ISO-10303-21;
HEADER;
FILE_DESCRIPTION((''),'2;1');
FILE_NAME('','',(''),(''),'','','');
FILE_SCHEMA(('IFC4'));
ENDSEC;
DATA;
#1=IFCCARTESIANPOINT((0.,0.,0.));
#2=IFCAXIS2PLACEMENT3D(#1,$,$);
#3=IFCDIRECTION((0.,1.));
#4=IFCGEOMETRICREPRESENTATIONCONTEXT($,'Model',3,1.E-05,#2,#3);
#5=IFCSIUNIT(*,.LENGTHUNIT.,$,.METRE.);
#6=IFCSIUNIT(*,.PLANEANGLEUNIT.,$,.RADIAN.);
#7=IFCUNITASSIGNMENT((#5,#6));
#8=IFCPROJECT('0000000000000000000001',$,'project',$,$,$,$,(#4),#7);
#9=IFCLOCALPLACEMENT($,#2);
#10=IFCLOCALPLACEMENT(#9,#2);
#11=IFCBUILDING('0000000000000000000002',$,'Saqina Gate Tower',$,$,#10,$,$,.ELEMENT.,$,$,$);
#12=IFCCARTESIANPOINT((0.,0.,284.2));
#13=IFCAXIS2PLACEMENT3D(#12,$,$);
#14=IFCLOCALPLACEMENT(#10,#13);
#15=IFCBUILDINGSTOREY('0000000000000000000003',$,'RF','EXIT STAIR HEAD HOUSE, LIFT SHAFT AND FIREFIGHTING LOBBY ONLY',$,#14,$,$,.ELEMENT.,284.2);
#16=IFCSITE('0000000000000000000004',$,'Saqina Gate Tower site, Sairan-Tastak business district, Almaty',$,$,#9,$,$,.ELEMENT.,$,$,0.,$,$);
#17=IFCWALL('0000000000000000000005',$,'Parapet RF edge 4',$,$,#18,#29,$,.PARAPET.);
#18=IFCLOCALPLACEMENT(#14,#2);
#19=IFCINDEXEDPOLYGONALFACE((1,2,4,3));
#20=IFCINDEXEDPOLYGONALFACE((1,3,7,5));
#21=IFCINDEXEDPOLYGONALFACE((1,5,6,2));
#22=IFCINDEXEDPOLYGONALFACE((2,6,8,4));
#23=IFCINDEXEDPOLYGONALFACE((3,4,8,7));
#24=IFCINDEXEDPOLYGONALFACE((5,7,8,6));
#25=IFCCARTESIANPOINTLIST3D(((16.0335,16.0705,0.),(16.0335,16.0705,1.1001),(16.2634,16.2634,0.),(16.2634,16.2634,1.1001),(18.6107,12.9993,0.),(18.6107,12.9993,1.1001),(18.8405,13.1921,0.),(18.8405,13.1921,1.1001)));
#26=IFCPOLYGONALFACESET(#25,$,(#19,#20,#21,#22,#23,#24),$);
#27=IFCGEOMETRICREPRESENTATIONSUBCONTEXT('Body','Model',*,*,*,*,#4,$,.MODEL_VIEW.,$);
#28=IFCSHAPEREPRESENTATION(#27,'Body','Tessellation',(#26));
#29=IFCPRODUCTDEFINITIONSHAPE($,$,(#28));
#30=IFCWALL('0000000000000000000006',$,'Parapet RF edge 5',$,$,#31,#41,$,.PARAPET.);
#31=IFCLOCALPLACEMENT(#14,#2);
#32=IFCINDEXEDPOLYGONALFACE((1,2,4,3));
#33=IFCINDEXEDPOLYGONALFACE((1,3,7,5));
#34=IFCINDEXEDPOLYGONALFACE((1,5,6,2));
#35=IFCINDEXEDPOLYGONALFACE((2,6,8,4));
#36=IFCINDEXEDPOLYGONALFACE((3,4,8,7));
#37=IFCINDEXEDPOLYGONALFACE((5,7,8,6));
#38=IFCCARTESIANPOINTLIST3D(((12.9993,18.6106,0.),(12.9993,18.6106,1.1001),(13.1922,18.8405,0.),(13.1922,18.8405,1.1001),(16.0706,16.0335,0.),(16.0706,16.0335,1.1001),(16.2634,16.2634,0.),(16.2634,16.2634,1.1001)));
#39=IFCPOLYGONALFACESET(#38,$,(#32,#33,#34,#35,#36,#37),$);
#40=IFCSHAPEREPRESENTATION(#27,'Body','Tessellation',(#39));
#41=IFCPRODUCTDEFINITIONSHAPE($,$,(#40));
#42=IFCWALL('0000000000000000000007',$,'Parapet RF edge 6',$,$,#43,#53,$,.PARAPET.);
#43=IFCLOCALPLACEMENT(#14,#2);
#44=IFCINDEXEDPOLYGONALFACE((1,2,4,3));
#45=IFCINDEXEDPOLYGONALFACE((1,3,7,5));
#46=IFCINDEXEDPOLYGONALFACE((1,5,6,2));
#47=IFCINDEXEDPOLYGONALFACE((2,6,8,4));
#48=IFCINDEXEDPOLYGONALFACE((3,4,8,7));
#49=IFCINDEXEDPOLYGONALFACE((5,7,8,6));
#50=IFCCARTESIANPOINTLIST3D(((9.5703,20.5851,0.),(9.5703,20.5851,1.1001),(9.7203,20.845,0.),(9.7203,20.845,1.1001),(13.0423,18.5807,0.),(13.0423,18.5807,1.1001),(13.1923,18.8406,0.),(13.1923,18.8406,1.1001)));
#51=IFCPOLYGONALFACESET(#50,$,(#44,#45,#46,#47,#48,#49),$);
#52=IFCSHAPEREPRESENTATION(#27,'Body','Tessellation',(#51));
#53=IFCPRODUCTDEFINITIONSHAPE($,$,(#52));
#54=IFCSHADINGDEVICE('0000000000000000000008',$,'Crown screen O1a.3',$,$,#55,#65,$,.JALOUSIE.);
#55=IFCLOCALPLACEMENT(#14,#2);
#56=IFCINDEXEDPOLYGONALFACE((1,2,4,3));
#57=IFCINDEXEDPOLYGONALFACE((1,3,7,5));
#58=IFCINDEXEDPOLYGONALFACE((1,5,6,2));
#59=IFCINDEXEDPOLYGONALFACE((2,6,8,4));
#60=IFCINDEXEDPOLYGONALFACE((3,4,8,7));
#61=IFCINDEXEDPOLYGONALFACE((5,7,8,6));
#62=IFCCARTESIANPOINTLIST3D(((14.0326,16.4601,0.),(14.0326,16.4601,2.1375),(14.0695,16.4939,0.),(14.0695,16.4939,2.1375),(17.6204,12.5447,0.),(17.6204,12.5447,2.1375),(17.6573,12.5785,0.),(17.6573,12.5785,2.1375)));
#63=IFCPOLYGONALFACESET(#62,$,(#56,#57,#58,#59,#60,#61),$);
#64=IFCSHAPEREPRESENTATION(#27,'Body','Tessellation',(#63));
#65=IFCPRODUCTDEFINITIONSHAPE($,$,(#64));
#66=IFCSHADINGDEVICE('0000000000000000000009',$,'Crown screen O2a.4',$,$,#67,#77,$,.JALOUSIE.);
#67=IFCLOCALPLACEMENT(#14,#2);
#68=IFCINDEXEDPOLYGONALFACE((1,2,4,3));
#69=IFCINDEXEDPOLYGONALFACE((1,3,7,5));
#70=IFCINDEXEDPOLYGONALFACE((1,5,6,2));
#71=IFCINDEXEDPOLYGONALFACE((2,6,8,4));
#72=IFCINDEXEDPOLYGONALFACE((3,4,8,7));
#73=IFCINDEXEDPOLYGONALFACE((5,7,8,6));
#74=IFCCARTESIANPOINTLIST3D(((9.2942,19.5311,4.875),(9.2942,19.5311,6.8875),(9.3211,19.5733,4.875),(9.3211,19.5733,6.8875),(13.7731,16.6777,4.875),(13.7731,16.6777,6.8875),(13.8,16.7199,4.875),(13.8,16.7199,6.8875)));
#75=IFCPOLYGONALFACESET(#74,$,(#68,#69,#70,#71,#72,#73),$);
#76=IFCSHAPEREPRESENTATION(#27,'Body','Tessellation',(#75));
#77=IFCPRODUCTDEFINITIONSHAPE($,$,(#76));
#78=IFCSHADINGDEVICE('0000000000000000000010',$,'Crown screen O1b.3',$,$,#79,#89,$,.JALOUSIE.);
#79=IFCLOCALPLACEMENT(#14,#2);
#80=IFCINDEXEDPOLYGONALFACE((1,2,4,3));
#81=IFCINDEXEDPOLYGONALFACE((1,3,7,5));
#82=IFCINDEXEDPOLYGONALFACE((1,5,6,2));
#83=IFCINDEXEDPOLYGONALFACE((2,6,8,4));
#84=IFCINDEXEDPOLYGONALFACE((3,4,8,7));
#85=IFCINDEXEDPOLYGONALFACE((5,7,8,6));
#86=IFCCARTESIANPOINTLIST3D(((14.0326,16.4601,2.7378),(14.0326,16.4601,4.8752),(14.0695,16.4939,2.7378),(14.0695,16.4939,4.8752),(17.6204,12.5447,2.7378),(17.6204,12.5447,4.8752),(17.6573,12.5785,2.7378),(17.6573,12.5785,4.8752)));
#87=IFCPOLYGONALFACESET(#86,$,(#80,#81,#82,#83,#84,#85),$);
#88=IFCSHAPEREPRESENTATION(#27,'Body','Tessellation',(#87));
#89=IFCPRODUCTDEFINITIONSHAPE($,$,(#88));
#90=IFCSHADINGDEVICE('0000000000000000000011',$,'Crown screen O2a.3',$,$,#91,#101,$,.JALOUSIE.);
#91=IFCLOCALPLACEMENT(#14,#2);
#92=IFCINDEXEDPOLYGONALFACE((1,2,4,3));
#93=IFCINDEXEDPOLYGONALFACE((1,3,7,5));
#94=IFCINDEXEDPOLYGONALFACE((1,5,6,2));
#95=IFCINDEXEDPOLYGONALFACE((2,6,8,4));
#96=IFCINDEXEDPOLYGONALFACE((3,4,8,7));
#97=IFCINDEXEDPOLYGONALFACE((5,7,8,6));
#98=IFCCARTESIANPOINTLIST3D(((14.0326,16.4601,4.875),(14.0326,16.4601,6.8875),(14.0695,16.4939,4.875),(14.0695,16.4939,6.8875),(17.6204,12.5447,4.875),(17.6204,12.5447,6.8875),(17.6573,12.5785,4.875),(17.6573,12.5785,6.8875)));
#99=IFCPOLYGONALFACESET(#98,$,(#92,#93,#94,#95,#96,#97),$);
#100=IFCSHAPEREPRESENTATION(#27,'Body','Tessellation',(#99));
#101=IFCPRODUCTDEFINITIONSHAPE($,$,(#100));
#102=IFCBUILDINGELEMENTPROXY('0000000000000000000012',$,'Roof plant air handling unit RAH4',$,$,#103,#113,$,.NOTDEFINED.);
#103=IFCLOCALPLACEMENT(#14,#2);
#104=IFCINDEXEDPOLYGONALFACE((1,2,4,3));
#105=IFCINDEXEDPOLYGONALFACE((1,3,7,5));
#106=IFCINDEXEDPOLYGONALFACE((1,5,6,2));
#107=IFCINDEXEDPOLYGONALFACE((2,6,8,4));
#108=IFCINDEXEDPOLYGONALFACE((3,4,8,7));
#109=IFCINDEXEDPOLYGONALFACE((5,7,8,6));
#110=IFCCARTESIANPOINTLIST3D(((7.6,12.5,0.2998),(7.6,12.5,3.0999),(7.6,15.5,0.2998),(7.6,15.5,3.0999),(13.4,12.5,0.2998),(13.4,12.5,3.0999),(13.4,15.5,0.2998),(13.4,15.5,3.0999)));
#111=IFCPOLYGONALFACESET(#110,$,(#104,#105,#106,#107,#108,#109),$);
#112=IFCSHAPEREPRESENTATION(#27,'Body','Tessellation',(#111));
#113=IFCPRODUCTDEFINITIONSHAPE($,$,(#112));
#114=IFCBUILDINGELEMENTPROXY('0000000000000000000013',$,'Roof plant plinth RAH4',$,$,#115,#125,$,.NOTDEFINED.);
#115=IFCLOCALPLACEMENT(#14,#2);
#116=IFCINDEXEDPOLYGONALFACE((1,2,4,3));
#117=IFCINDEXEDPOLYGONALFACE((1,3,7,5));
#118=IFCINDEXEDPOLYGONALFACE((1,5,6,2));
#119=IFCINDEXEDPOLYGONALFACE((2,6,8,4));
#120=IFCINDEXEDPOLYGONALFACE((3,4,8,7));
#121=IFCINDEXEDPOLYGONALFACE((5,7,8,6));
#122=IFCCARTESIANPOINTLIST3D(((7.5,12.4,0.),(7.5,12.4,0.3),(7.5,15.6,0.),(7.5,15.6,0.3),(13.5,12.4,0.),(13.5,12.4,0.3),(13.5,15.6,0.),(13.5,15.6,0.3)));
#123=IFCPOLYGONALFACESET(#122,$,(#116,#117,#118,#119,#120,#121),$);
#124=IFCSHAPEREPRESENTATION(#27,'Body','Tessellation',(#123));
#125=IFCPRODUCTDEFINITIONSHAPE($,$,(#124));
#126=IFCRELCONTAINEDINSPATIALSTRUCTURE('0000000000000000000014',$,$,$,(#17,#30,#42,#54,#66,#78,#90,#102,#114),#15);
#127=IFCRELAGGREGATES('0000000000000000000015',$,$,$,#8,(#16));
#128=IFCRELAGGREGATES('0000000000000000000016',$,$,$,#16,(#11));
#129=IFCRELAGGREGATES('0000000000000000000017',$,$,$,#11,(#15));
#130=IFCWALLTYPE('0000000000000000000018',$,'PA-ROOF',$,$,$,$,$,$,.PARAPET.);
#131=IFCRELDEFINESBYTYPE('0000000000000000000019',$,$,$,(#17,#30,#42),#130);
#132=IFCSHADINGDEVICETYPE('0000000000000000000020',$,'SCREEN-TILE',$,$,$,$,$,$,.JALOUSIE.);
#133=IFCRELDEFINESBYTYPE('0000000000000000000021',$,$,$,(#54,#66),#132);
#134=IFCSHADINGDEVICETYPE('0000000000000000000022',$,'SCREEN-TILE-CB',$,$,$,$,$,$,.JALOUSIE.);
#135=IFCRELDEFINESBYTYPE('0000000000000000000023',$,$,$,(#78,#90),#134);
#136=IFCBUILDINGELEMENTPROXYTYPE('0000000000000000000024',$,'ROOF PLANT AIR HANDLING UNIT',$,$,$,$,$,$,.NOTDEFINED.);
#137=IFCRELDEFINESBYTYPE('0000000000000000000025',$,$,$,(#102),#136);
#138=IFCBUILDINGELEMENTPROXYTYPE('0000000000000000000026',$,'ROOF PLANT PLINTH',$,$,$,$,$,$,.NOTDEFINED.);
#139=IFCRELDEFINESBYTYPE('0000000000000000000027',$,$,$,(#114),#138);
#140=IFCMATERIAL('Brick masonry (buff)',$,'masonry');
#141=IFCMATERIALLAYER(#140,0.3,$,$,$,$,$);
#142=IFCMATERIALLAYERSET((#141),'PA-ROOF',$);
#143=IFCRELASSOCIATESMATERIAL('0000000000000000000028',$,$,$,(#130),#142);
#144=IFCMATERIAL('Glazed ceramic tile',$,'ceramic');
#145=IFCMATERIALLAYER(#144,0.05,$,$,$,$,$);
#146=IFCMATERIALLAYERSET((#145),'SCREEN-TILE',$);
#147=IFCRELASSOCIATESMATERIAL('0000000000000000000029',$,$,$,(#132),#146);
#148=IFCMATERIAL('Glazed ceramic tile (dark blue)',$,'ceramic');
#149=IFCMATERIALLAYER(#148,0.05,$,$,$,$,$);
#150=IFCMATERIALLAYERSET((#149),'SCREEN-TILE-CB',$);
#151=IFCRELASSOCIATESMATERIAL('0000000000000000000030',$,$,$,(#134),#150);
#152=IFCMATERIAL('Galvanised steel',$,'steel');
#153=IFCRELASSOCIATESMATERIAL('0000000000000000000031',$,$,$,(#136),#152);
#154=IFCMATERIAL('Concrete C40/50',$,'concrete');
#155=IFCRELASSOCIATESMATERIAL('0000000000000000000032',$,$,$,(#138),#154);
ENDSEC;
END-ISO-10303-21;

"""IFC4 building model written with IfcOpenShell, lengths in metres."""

from ifc_helpers import new_model, si_unit, direction, frame, frame_2d, origin, origin_2d, place, context, subcontext, project, spatial, rectangle, extrude, material, layer, layer_set, type_object, element, save


model = new_model("IFC4")

# Units and contexts
model_context = context("Model", 3, precision=1e-05, world=origin(), true_north=direction((0.0, 1.0)))
body_context = subcontext(model_context, "Body", "Model", "MODEL_VIEW")
ifc_project = project(units=[si_unit("LENGTHUNIT", "METRE"), si_unit("PLANEANGLEUNIT", "RADIAN")], contexts=[model_context])

# Site, building, storey
site_placement = place(None, origin())
site = spatial("IfcSite", under=ifc_project, at=site_placement, Name="Saqina Gate Tower site, Sairan-Tastak business district, Almaty", CompositionType="ELEMENT", RefElevation=0.0)
building_placement = place(site_placement, origin())
building = spatial("IfcBuilding", under=site, at=building_placement, Name="Saqina Gate Tower", CompositionType="ELEMENT")
storey_placement = place(building_placement, frame((0.0, 0.0, 284.2)))
storey = spatial("IfcBuildingStorey", under=building, at=storey_placement, Name="RF", Description="EXIT STAIR HEAD HOUSE, LIFT SHAFT AND FIREFIGHTING LOBBY ONLY", CompositionType="ELEMENT", Elevation=284.2)

# Walls
ifc_material_1 = material(Name="Brick masonry (buff)", Category="masonry")
ifc_layer_1 = layer(ifc_material_1, 0.3)
ifc_layer_set_1 = layer_set([ifc_layer_1], Name="PA-ROOF")
wall_type = type_object("IfcWallType", Name="PA-ROOF", PredefinedType="PARAPET", material=ifc_layer_set_1)
for number, where, z_axis, x_axis, name in (
    (1, (18.7256, 13.0957, 0.0), (0.0, 0.0, 1.0), (-0.642792, 0.766041, 0.0), "Parapet RF edge 4"),
    (2, (16.167, 16.1484, 0.0), (0.0, 0.0, 1.0), (-0.766041, 0.642792, 0.0), "Parapet RF edge 5"),
):
    element("IfcWall", number, at=place(storey_placement, frame(where, z_axis=z_axis, x_axis=x_axis)), inside=storey, type_object=wall_type, Name=name, PredefinedType="PARAPET", context=body_context, shape_type="SweptSolid", body=[
        extrude(rectangle(XDim=4.0093, YDim=0.3, at=frame_2d((2.0046, 0.0))), origin(), (0.0, 0.0, 1.0), 1.1001),
    ])
wall_placement = place(storey_placement, frame((13.1172, 18.7107, 0.0), z_axis=(0.0, 0.0, 1.0), x_axis=(-0.866039, 0.499977, 0.0)))
element("IfcWall", 3, at=wall_placement, inside=storey, type_object=wall_type, Name="Parapet RF edge 6", PredefinedType="PARAPET", context=body_context, shape_type="SweptSolid", body=[
    extrude(rectangle(XDim=4.009, YDim=0.3, at=frame_2d((2.0044, 0.0))), origin(), (0.0, 0.0, 1.0), 1.1001),
])

# Shading devices
ifc_material_2 = material(Name="Glazed ceramic tile", Category="ceramic")
ifc_layer_2 = layer(ifc_material_2, 0.05)
ifc_layer_set_2 = layer_set([ifc_layer_2], Name="SCREEN-TILE")
shading_device_type_1 = type_object("IfcShadingDeviceType", Name="SCREEN-TILE", PredefinedType="JALOUSIE", material=ifc_layer_set_2)
shading_device_1_placement = place(storey_placement, frame((15.845, 14.5193, 0.0), z_axis=(0.0, 0.0, 1.0), x_axis=(-0.67559, 0.737277, 0.0)))
element("IfcShadingDevice", 4, at=shading_device_1_placement, inside=storey, type_object=shading_device_type_1, Name="Crown screen O1a.3", PredefinedType="JALOUSIE", context=body_context, shape_type="SweptSolid", body=[
    extrude(rectangle(XDim=5.3105, YDim=0.05, at=origin_2d()), origin(), (0.0, 0.0, 1.0), 2.1375),
])
shading_device_2_placement = place(storey_placement, frame((11.5471, 18.1255, 4.875), z_axis=(0.0, 0.0, 1.0), x_axis=(-0.843391, 0.5373, 0.0)))
element("IfcShadingDevice", 5, at=shading_device_2_placement, inside=storey, type_object=shading_device_type_1, Name="Crown screen O2a.4", PredefinedType="JALOUSIE", context=body_context, shape_type="SweptSolid", body=[
    extrude(rectangle(XDim=5.3105, YDim=0.05, at=origin_2d()), origin(), (0.0, 0.0, 1.0), 2.0125),
])
ifc_material_3 = material(Name="Glazed ceramic tile (dark blue)", Category="ceramic")
ifc_layer_3 = layer(ifc_material_3, 0.05)
ifc_layer_set_3 = layer_set([ifc_layer_3], Name="SCREEN-TILE-CB")
shading_device_type_2 = type_object("IfcShadingDeviceType", Name="SCREEN-TILE-CB", PredefinedType="JALOUSIE", material=ifc_layer_set_3)
shading_device_3_placement = place(storey_placement, frame((15.845, 14.5193, 2.7378), z_axis=(0.0, 0.0, 1.0), x_axis=(-0.67559, 0.737277, 0.0)))
element("IfcShadingDevice", 6, at=shading_device_3_placement, inside=storey, type_object=shading_device_type_2, Name="Crown screen O1b.3", PredefinedType="JALOUSIE", context=body_context, shape_type="SweptSolid", body=[
    extrude(rectangle(XDim=5.3105, YDim=0.05, at=origin_2d()), origin(), (0.0, 0.0, 1.0), 2.1375),
])
shading_device_4_placement = place(storey_placement, frame((15.845, 14.5193, 4.875), z_axis=(0.0, 0.0, 1.0), x_axis=(-0.67559, 0.737277, 0.0)))
element("IfcShadingDevice", 7, at=shading_device_4_placement, inside=storey, type_object=shading_device_type_2, Name="Crown screen O2a.3", PredefinedType="JALOUSIE", context=body_context, shape_type="SweptSolid", body=[
    extrude(rectangle(XDim=5.3105, YDim=0.05, at=origin_2d()), origin(), (0.0, 0.0, 1.0), 2.0125),
])

# Building element proxies
ifc_material_4 = material(Name="Galvanised steel", Category="steel")
building_element_proxy_type_1 = type_object("IfcBuildingElementProxyType", Name="ROOF PLANT AIR HANDLING UNIT", PredefinedType="NOTDEFINED", material=ifc_material_4)
proxy_1_placement = place(storey_placement, frame((10.5, 14.0, 0.2998), z_axis=(0.0, 0.0, 1.0), x_axis=(1.0, 0.0, 0.0)))
element("IfcBuildingElementProxy", 8, at=proxy_1_placement, inside=storey, type_object=building_element_proxy_type_1, Name="Roof plant air handling unit RAH4", PredefinedType="NOTDEFINED", context=body_context, shape_type="SweptSolid", body=[
    extrude(rectangle(XDim=5.8, YDim=3.0, at=origin_2d()), origin(), (0.0, 0.0, 1.0), 2.8),
])
ifc_material_5 = material(Name="Concrete C40/50", Category="concrete")
building_element_proxy_type_2 = type_object("IfcBuildingElementProxyType", Name="ROOF PLANT PLINTH", PredefinedType="NOTDEFINED", material=ifc_material_5)
proxy_2_placement = place(storey_placement, frame((10.5, 14.0, 0.0), z_axis=(0.0, 0.0, 1.0), x_axis=(1.0, 0.0, 0.0)))
element("IfcBuildingElementProxy", 9, at=proxy_2_placement, inside=storey, type_object=building_element_proxy_type_2, Name="Roof plant plinth RAH4", PredefinedType="NOTDEFINED", context=body_context, shape_type="SweptSolid", body=[
    extrude(rectangle(XDim=6.0, YDim=3.2, at=origin_2d()), origin(), (0.0, 0.0, 1.0), 0.3),
])

save(model, "model.ifc")
